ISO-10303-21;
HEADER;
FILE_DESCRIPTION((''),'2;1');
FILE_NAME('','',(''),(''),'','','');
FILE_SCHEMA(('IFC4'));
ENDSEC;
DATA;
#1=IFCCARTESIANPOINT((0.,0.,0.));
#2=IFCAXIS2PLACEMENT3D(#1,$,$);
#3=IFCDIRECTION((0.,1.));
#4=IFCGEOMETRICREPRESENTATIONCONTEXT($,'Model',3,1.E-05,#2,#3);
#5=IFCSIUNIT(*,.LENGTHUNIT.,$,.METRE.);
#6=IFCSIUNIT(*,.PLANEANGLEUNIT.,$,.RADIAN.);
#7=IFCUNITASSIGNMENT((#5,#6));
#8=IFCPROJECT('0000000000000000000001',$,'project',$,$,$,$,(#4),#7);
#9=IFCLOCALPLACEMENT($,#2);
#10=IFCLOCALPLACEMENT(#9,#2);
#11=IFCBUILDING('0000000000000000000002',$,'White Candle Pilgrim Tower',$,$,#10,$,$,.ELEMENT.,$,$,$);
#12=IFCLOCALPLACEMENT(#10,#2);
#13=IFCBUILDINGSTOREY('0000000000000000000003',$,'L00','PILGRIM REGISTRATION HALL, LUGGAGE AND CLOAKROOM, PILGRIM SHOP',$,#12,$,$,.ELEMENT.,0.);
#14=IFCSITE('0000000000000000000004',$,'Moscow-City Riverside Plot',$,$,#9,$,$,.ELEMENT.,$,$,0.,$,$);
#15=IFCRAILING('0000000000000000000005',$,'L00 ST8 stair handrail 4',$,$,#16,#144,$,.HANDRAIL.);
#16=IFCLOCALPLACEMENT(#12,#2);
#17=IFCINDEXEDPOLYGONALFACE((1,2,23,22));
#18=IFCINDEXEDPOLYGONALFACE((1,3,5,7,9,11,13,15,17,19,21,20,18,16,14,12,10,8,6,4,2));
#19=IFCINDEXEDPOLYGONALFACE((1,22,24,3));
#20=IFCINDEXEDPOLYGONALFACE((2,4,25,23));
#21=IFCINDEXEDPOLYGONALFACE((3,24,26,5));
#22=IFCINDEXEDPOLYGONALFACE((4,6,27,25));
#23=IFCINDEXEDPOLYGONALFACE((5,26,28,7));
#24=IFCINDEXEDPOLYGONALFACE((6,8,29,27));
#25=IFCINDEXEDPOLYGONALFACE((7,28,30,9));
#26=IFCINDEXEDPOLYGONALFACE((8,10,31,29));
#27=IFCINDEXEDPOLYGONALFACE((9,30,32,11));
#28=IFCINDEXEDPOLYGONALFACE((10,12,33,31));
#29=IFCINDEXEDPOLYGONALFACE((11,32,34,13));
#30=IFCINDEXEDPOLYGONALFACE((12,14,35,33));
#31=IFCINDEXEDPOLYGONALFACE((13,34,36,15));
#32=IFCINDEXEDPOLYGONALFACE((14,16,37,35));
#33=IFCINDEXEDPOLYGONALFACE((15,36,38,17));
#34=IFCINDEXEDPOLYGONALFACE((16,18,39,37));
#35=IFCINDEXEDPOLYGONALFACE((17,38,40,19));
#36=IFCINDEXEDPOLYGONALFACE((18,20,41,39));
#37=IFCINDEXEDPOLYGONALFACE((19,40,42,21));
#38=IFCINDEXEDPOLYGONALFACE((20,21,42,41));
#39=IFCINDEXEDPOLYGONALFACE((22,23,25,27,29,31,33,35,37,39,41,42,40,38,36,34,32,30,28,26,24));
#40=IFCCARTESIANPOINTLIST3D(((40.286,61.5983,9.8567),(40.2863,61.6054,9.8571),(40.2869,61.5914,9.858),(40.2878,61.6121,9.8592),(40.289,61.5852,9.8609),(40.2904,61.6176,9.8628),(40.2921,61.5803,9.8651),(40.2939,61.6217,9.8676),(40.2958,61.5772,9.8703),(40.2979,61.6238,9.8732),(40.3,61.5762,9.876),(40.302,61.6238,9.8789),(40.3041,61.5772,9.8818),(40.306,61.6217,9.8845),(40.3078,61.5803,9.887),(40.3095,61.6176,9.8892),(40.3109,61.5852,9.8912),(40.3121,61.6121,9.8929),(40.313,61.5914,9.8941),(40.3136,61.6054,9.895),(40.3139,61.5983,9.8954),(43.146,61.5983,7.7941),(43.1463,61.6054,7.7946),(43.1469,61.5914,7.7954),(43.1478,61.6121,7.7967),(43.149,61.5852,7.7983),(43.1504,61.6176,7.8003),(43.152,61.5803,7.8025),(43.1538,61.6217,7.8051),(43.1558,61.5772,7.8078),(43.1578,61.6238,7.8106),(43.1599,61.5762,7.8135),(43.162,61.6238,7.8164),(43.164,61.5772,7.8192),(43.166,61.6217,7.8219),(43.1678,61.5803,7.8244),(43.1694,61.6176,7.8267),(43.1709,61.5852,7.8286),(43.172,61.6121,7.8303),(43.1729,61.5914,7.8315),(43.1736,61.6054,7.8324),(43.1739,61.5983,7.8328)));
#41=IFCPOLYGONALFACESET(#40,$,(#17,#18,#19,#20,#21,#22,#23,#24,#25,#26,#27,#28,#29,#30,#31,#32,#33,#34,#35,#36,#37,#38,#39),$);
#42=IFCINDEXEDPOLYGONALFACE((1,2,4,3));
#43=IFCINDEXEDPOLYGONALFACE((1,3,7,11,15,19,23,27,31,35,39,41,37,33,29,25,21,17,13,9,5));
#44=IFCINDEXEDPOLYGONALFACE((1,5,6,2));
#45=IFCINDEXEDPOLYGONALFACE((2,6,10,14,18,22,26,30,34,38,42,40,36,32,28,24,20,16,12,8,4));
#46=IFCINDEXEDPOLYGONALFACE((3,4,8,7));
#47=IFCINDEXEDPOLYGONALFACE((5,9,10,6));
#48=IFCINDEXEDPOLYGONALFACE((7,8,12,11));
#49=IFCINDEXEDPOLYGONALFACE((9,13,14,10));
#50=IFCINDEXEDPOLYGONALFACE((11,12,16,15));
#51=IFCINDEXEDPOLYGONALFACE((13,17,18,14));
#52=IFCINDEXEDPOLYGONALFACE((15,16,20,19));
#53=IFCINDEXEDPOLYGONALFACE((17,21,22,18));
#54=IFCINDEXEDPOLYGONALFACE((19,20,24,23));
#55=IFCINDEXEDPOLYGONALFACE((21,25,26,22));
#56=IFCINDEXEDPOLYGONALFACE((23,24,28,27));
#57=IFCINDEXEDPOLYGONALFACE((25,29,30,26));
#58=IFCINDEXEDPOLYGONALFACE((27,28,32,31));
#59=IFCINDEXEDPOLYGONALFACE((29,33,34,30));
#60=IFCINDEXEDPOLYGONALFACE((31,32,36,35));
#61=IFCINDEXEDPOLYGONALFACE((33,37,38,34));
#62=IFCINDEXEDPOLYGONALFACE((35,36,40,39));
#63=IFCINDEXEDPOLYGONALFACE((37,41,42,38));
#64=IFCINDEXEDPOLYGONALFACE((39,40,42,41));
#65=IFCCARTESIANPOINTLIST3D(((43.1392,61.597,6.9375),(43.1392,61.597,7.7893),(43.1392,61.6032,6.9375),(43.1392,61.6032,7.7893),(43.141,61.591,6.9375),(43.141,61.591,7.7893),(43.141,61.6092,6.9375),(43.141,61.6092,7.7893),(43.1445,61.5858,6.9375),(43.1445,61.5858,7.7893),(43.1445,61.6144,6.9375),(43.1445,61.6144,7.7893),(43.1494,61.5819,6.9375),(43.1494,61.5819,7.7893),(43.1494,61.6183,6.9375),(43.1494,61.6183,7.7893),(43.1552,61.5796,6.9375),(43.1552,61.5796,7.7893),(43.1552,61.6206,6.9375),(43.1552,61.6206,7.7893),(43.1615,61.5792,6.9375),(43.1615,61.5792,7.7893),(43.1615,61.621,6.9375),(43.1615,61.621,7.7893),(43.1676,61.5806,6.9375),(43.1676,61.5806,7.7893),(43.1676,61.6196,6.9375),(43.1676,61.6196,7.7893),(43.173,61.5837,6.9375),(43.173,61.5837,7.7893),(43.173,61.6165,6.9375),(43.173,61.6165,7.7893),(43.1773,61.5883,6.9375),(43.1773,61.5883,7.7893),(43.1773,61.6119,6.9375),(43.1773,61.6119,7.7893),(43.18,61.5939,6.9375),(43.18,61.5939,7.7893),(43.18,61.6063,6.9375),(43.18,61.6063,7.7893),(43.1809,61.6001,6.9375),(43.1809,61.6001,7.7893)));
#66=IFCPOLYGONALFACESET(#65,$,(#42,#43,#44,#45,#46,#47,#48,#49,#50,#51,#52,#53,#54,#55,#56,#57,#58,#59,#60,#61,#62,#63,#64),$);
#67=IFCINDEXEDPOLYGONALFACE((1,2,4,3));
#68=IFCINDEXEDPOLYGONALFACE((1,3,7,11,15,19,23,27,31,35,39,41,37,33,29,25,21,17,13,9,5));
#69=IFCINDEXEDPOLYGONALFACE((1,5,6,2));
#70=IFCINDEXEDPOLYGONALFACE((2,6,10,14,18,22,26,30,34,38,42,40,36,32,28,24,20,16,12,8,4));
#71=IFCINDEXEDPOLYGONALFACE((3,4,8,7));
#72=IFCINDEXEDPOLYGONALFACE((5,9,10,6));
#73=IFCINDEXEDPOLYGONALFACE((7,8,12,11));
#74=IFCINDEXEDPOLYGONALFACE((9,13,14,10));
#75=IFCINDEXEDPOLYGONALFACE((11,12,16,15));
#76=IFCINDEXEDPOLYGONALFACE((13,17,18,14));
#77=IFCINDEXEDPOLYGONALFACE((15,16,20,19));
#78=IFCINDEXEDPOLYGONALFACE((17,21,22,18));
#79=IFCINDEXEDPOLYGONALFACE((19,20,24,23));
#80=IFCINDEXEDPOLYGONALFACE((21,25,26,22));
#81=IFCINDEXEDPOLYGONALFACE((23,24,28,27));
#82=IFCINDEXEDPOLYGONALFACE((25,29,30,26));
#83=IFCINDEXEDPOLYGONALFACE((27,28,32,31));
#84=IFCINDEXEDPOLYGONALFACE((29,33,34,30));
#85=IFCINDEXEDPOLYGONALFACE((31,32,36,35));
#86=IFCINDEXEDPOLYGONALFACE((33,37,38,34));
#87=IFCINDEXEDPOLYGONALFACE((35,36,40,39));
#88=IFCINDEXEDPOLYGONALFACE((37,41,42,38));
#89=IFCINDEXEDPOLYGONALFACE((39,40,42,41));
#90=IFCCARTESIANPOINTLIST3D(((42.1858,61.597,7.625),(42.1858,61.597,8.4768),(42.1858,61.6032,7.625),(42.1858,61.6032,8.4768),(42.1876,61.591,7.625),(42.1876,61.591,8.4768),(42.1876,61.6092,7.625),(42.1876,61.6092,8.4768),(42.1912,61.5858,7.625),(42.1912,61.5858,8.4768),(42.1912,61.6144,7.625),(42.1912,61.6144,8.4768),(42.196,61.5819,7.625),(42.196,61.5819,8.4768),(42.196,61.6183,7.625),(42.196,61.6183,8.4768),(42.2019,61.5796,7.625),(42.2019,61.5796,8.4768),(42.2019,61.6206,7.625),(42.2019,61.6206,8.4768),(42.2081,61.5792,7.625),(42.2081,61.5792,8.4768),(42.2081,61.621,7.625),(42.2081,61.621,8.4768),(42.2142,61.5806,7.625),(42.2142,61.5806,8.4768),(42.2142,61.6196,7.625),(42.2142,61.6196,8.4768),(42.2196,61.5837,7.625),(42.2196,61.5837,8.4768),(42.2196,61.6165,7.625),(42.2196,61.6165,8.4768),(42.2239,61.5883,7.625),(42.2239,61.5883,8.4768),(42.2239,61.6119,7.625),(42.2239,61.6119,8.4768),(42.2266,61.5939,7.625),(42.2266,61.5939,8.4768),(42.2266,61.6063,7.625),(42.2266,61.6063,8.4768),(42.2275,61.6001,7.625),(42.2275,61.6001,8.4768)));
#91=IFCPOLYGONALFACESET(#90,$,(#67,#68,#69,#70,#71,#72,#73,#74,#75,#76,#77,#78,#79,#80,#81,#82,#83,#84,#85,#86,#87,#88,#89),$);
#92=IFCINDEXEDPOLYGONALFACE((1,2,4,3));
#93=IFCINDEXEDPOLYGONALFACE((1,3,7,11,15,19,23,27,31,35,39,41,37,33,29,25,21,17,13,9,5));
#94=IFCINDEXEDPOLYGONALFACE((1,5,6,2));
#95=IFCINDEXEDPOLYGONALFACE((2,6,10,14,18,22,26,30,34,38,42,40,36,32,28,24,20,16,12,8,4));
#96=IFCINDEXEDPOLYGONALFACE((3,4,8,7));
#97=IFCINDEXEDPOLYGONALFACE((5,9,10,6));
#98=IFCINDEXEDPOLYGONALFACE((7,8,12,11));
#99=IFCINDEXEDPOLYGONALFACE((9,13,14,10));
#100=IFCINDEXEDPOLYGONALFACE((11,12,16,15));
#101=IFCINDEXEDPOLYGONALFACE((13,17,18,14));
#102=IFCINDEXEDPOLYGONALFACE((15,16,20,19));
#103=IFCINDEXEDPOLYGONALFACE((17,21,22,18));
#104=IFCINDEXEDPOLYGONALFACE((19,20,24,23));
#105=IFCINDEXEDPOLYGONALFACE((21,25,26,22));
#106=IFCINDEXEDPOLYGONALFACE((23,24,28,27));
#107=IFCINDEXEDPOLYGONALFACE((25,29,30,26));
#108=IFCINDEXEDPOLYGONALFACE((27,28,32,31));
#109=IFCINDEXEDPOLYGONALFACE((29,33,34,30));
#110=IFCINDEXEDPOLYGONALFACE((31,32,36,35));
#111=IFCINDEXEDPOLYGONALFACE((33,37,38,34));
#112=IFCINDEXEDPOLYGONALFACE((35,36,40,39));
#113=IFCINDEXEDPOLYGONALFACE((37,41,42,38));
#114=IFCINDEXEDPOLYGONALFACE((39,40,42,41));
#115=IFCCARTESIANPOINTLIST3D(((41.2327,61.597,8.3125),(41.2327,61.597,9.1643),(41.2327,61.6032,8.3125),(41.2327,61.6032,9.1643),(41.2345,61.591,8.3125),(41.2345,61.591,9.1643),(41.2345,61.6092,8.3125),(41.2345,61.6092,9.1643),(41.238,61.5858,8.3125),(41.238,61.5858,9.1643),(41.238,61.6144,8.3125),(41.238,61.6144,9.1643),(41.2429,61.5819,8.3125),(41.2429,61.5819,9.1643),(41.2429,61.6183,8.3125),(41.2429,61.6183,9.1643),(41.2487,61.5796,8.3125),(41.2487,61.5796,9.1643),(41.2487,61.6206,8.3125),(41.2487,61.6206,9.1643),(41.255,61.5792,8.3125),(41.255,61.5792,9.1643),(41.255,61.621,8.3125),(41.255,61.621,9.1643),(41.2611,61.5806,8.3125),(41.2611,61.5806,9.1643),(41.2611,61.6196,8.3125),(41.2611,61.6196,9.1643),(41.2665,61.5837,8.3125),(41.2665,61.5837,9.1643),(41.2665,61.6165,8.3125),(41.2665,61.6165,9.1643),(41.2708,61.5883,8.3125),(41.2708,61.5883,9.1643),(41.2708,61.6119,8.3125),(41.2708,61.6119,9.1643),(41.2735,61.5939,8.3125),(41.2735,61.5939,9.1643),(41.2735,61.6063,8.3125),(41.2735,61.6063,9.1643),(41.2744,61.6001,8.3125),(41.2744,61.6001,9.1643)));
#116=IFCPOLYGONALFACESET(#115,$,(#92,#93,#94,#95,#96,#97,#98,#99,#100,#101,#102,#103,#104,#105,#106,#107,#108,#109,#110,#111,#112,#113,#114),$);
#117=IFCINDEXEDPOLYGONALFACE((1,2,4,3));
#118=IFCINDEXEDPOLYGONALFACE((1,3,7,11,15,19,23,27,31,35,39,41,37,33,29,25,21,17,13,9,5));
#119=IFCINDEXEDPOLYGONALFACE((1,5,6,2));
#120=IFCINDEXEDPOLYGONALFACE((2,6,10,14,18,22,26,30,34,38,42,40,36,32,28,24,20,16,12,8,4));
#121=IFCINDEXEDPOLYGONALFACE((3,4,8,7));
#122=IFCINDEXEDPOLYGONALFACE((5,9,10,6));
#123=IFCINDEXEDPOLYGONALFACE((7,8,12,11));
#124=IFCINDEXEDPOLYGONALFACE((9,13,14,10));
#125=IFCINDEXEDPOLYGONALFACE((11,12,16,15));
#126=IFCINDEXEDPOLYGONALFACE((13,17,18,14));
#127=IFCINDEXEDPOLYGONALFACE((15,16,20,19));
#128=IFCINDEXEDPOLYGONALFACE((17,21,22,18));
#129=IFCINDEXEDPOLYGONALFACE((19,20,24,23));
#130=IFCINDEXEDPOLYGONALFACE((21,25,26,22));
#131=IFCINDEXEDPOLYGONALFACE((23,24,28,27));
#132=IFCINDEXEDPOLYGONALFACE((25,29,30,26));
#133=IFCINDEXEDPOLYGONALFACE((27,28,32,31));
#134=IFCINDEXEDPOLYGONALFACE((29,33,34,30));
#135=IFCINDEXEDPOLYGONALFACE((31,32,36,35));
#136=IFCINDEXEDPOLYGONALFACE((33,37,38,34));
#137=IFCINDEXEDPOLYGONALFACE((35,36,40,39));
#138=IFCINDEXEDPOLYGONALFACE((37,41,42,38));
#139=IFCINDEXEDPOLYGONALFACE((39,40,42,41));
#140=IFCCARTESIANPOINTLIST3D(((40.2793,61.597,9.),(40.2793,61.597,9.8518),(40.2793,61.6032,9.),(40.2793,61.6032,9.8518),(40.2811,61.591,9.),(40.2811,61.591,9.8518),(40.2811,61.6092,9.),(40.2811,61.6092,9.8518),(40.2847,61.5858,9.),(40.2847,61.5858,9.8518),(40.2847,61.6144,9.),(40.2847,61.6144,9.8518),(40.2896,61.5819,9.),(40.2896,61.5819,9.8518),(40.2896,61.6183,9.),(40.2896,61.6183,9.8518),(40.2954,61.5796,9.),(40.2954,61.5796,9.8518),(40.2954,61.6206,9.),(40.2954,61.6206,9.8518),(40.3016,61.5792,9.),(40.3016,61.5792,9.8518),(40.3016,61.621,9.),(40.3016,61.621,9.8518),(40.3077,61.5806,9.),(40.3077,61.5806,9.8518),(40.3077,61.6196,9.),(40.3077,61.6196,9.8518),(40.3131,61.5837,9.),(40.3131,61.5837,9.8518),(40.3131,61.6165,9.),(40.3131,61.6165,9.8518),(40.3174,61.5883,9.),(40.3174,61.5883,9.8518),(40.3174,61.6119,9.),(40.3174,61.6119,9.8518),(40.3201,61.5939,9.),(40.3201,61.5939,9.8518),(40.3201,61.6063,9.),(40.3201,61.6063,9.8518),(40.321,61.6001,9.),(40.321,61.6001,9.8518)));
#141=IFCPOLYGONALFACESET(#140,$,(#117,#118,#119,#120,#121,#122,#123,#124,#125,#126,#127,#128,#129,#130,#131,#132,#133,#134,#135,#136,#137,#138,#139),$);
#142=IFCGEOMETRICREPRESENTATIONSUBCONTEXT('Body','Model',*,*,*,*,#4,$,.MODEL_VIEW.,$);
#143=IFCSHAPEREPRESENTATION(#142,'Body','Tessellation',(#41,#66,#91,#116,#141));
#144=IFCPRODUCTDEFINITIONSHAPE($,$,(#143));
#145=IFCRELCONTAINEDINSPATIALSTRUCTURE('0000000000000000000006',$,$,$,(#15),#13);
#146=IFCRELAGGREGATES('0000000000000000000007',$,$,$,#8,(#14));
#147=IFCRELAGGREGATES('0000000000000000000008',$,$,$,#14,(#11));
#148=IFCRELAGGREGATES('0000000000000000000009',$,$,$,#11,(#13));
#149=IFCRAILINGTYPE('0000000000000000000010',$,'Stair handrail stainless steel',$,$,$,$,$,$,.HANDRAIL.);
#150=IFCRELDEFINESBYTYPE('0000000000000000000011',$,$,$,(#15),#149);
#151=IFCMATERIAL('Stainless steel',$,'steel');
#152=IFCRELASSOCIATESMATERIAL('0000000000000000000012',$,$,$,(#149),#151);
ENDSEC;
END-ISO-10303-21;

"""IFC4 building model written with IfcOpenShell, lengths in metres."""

from ifc_helpers import new_model, si_unit, direction, frame, origin, origin_2d, place, context, subcontext, project, spatial, circle, extrude, material, type_object, element, save


model = new_model("IFC4")

# Units and contexts
model_context = context("Model", 3, precision=1e-05, world=origin(), true_north=direction((0.0, 1.0)))
body_context = subcontext(model_context, "Body", "Model", "MODEL_VIEW")
ifc_project = project(units=[si_unit("LENGTHUNIT", "METRE"), si_unit("PLANEANGLEUNIT", "RADIAN")], contexts=[model_context])

# Site, building, storey
site_placement = place(None, origin())
site = spatial("IfcSite", under=ifc_project, at=site_placement, Name="Moscow-City Riverside Plot", CompositionType="ELEMENT", RefElevation=0.0)
building_placement = place(site_placement, origin())
building = spatial("IfcBuilding", under=site, at=building_placement, Name="White Candle Pilgrim Tower", CompositionType="ELEMENT")
storey_placement = place(building_placement, origin())
storey = spatial("IfcBuildingStorey", under=building, at=storey_placement, Name="L00", Description="PILGRIM REGISTRATION HALL, LUGGAGE AND CLOAKROOM, PILGRIM SHOP", CompositionType="ELEMENT", Elevation=0.0)

# Railing
ifc_material_1 = material(Name="Stainless steel", Category="steel")
railing_type_1 = type_object("IfcRailingType", Name="Stair handrail stainless steel", PredefinedType="HANDRAIL", material=ifc_material_1)
railing_1_placement = place(storey_placement, frame((43.1599, 61.6001, 6.9375)))
element("IfcRailing", 1, at=railing_1_placement, inside=storey, type_object=railing_type_1, Name="L00 ST8 stair handrail 4", PredefinedType="HANDRAIL", context=body_context, shape_type="SweptSolid", body=[
    extrude(circle(Radius=0.0239, at=origin_2d()), frame((0.0, 0.0, 0.876), z_axis=(-0.811077, 0.0, 0.584939), x_axis=(0.0, -1.0, 0.0)), (0.0, 0.0, 1.0), 3.5261),
    extrude(circle(Radius=0.021, at=origin_2d()), origin(), (0.0, 0.0, 1.0), 0.8518),
    extrude(circle(Radius=0.021, at=origin_2d()), frame((-0.9534, 0.0, 0.6875)), (0.0, 0.0, 1.0), 0.8518),
    extrude(circle(Radius=0.021, at=origin_2d()), frame((-1.9065, 0.0, 1.375)), (0.0, 0.0, 1.0), 0.8518),
    extrude(circle(Radius=0.021, at=origin_2d()), frame((-2.8599, 0.0, 2.0625)), (0.0, 0.0, 1.0), 0.8518),
])

save(model, "model.ifc")
